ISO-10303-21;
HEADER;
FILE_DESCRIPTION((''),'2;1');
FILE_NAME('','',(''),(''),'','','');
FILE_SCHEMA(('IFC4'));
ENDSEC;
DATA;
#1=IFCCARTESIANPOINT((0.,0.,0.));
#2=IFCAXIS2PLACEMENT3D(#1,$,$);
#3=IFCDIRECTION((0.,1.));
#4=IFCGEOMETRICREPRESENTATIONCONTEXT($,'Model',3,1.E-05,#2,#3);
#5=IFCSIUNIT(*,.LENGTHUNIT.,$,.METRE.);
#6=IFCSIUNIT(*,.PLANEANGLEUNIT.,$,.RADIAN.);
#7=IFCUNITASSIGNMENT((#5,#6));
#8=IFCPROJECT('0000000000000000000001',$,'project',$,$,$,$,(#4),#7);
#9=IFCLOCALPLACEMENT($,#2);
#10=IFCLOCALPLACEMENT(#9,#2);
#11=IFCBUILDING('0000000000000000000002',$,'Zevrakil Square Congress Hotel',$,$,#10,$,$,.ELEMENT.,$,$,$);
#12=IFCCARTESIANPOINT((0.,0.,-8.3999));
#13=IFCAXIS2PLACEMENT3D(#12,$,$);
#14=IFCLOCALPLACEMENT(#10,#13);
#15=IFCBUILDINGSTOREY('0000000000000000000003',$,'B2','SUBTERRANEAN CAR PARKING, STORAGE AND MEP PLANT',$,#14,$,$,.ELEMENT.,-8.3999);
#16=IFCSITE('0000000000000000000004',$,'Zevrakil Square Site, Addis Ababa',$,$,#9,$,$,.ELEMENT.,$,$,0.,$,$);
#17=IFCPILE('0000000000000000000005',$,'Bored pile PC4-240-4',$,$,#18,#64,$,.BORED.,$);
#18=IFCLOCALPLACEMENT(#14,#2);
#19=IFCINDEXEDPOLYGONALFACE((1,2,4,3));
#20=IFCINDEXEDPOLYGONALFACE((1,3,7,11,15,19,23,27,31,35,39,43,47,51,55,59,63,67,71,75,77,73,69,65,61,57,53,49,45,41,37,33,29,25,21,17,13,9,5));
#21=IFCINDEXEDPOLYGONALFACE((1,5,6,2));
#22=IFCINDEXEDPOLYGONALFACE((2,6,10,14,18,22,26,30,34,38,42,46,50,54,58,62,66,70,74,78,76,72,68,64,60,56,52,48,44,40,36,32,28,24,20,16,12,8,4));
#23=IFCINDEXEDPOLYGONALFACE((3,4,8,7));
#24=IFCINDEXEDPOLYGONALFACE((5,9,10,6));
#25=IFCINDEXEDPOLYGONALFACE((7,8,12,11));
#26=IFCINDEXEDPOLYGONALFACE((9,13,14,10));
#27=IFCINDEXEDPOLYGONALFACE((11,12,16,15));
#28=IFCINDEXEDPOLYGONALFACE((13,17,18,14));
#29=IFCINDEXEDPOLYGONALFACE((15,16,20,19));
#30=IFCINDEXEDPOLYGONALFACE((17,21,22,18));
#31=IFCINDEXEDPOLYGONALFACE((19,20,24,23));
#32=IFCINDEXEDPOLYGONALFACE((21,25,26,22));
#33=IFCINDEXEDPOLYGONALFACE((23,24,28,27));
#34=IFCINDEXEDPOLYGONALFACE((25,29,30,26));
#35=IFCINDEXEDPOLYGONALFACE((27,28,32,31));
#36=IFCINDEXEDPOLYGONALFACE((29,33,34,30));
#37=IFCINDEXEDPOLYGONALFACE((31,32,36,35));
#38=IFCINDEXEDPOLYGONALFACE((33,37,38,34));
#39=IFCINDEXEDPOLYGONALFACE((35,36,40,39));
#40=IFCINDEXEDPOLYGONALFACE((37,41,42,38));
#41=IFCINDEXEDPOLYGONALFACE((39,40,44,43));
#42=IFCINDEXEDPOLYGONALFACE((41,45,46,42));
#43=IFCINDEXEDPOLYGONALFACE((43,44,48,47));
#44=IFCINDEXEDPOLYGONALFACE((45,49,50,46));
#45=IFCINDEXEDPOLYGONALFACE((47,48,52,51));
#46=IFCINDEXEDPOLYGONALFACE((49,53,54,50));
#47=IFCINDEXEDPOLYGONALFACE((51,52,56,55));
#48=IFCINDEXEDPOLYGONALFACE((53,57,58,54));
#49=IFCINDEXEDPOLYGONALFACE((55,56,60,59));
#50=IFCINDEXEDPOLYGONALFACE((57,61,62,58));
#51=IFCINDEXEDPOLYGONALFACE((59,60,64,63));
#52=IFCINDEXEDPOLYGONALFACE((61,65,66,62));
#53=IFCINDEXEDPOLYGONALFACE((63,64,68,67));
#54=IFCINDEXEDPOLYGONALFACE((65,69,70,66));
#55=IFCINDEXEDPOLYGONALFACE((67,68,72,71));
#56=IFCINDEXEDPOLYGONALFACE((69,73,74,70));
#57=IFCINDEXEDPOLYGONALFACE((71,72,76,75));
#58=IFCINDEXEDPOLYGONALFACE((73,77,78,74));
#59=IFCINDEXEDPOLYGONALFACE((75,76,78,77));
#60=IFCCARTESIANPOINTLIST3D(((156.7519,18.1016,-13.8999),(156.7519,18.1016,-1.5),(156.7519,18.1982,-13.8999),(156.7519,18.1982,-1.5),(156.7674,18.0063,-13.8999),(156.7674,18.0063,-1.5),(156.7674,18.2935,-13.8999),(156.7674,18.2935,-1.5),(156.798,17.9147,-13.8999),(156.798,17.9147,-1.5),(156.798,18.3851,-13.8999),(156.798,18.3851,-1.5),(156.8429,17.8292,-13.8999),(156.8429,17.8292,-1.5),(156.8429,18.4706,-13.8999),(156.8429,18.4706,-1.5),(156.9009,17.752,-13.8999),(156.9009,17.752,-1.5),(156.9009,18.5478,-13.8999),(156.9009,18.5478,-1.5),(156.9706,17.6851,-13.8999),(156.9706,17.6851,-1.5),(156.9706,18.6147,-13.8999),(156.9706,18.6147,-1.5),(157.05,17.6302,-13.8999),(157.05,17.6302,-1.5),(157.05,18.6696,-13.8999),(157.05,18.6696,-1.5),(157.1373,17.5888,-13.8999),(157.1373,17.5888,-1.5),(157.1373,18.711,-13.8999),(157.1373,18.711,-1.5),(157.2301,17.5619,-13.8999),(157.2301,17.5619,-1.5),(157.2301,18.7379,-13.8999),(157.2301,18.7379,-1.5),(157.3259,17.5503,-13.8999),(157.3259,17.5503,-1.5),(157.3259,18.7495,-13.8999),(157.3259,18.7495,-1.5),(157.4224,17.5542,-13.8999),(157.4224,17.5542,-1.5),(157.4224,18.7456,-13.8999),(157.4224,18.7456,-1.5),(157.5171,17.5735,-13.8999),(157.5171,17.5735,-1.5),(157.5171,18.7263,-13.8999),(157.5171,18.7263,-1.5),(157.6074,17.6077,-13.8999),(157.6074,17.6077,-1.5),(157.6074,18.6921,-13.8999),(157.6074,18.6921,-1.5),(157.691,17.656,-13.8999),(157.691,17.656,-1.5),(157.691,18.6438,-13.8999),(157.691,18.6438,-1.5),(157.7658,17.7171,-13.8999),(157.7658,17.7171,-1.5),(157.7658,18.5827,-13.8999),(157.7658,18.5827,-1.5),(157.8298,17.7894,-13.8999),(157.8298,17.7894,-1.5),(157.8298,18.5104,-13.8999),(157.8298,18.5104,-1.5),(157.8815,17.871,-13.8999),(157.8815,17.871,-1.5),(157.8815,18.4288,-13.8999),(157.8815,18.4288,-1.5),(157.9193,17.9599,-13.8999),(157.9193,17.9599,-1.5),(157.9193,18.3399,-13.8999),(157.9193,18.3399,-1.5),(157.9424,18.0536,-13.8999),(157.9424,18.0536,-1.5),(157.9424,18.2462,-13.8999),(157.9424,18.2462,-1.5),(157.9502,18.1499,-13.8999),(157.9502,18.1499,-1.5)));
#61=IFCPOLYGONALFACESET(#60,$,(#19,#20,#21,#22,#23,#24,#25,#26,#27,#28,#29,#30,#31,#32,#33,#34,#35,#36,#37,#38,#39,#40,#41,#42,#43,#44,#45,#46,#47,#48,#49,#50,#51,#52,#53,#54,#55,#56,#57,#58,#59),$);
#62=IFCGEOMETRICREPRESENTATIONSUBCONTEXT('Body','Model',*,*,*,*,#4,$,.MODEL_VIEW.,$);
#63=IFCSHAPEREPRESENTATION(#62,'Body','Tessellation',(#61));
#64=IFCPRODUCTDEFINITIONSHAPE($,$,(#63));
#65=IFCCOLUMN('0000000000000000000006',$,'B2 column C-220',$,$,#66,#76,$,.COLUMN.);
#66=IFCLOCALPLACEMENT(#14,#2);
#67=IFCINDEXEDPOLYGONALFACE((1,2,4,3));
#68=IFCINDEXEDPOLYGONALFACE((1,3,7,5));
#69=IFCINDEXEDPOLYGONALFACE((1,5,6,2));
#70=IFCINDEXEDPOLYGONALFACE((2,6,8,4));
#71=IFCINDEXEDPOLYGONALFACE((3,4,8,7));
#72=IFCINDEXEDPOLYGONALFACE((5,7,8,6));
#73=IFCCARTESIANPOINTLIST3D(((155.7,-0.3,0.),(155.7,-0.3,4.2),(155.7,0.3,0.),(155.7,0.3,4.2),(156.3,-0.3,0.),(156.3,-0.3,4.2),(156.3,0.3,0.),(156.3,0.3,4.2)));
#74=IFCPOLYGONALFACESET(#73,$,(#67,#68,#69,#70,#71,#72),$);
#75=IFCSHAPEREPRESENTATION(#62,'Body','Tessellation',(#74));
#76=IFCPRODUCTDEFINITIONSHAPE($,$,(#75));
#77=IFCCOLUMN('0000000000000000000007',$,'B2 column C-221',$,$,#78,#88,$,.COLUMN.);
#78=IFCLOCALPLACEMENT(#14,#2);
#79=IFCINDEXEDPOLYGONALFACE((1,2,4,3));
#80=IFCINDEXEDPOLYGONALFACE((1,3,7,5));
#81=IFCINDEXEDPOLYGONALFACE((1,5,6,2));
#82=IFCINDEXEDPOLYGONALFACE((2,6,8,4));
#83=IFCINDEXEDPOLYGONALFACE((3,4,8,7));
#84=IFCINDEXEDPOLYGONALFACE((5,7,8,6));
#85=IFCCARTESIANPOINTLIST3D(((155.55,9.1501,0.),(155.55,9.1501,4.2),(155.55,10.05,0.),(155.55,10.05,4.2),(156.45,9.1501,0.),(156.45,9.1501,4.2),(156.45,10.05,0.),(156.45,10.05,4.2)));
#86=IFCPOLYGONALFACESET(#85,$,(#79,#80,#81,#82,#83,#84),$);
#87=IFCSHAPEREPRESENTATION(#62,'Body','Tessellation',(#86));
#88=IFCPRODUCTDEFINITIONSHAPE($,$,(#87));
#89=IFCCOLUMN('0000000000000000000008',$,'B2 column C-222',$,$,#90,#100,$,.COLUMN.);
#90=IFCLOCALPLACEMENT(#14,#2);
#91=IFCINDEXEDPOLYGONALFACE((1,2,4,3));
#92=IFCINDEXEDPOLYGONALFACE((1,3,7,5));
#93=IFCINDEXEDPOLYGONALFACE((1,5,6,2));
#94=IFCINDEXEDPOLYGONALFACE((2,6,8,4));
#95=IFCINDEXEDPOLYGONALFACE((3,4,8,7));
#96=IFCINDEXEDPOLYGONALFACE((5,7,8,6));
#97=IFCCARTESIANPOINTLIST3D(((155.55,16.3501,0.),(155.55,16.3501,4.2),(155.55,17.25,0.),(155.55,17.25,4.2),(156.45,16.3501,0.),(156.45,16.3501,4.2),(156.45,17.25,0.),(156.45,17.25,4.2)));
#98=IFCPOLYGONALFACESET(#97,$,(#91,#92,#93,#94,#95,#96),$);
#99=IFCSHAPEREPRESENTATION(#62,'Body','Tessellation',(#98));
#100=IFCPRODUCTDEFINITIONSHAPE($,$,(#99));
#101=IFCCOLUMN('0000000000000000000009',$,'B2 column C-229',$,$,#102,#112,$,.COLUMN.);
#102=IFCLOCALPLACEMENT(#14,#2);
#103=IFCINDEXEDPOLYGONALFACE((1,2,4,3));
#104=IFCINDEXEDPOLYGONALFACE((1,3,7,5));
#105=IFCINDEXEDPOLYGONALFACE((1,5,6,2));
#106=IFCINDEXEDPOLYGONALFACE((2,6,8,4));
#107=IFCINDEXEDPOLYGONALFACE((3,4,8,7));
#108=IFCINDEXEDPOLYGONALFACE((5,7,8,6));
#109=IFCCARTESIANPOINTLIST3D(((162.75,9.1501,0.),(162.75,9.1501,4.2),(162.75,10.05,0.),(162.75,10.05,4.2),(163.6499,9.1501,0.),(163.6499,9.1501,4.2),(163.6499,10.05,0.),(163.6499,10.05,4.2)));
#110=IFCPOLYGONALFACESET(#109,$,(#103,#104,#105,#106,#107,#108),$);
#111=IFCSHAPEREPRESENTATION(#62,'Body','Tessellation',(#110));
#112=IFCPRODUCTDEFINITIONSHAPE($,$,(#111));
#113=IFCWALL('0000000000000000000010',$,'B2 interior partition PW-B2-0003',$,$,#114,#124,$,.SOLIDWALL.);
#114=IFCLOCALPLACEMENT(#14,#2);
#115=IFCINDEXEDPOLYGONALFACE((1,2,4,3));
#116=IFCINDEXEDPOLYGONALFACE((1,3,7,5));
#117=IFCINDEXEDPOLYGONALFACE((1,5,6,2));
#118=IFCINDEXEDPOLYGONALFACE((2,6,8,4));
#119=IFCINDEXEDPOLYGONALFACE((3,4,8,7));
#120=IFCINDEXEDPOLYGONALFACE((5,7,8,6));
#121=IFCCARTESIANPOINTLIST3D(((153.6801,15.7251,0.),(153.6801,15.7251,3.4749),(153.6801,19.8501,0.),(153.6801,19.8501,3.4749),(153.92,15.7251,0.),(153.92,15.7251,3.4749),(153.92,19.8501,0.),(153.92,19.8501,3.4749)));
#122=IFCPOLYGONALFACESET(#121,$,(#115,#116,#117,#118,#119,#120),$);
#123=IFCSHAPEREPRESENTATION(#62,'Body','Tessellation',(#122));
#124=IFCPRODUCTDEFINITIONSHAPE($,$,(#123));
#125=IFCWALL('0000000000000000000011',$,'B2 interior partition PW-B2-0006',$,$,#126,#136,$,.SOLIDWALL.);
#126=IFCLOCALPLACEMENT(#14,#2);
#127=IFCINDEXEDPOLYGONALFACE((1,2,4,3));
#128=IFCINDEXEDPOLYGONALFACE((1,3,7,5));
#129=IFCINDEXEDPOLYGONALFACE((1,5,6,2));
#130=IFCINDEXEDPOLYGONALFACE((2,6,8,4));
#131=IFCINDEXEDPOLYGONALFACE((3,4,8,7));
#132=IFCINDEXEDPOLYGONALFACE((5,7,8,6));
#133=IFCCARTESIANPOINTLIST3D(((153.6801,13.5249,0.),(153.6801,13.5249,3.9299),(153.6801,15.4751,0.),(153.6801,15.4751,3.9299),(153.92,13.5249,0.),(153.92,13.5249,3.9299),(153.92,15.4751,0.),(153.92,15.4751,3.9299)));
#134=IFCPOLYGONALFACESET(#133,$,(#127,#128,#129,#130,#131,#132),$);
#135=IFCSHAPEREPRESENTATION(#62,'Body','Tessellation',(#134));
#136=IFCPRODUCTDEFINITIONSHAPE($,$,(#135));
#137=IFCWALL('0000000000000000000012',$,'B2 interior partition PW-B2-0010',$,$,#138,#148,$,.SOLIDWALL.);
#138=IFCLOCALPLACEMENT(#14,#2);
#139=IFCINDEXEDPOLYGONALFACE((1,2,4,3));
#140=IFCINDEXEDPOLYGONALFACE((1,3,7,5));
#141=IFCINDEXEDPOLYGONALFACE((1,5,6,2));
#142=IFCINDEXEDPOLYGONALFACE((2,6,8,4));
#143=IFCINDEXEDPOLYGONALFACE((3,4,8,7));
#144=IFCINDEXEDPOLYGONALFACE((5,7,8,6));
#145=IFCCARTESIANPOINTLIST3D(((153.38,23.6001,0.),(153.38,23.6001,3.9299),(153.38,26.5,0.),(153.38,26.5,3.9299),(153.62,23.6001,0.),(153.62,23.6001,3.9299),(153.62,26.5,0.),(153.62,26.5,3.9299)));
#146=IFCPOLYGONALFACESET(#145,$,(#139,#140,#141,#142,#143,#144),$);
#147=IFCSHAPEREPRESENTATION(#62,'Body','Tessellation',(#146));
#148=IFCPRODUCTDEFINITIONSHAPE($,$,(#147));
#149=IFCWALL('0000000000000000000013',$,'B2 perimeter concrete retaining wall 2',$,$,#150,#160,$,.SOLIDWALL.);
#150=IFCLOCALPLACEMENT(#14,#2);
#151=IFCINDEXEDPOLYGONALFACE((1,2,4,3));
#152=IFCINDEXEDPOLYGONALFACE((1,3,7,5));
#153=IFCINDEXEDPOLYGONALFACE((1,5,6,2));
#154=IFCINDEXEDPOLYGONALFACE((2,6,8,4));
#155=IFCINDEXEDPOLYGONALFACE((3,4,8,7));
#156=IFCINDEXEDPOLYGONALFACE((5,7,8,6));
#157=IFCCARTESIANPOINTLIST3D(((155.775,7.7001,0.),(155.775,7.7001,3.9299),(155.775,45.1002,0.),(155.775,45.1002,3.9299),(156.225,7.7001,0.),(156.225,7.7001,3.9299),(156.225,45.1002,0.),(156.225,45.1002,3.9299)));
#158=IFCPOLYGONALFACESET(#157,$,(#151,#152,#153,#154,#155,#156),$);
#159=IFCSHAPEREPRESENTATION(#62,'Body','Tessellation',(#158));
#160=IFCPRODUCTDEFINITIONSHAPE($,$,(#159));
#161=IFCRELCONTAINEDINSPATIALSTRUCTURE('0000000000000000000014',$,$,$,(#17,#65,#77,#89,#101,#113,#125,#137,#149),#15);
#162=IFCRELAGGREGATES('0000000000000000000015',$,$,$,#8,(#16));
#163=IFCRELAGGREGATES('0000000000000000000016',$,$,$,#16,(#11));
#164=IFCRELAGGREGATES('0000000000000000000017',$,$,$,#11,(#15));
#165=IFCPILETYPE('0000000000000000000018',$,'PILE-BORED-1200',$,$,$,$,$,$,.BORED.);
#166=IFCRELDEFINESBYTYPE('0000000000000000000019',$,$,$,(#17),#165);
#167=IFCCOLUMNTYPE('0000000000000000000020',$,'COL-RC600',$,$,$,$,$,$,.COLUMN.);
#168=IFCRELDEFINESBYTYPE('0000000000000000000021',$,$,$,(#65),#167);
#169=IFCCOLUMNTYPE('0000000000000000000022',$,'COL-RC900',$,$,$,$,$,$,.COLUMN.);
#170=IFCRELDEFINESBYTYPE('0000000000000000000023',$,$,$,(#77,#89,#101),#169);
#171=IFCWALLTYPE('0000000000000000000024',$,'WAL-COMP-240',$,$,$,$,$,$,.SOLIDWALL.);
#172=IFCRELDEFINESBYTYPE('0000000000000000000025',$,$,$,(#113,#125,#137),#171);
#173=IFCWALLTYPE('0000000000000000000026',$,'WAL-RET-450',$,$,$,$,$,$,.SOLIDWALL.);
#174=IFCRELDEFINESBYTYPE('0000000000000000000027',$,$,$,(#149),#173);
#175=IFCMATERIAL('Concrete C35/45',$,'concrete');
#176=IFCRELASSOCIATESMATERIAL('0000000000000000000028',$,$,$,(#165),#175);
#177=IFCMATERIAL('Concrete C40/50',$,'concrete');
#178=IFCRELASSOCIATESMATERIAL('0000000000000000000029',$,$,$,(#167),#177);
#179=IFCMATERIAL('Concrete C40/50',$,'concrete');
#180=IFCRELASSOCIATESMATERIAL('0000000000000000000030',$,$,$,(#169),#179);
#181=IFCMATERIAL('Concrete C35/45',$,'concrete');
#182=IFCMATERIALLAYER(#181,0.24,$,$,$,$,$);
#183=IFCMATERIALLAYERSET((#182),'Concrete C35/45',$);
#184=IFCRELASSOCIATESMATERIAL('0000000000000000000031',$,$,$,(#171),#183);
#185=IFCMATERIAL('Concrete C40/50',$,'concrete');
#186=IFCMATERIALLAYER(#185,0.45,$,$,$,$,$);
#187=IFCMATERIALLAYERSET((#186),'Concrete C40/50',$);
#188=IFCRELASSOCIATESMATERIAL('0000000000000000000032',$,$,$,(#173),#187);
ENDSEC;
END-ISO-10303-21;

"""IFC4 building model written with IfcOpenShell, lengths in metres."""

from ifc_helpers import new_model, si_unit, direction, frame, frame_2d, origin, origin_2d, place, context, subcontext, project, spatial, rectangle, circle, extrude, material, layer, layer_set, material_profile, profile_set, type_object, element, save


model = new_model("IFC4")

# Units and contexts
model_context = context("Model", 3, precision=1e-05, world=origin(), true_north=direction((0.0, 1.0)))
body_context = subcontext(model_context, "Body", "Model", "MODEL_VIEW")
ifc_project = project(units=[si_unit("LENGTHUNIT", "METRE"), si_unit("PLANEANGLEUNIT", "RADIAN")], contexts=[model_context])

# Site, building, storey
site_placement = place(None, origin())
site = spatial("IfcSite", under=ifc_project, at=site_placement, Name="Zevrakil Square Site, Addis Ababa", CompositionType="ELEMENT", RefElevation=0.0)
building_placement = place(site_placement, origin())
building = spatial("IfcBuilding", under=site, at=building_placement, Name="Zevrakil Square Congress Hotel", CompositionType="ELEMENT")
storey_placement = place(building_placement, frame((0.0, 0.0, -8.3999)))
storey = spatial("IfcBuildingStorey", under=building, at=storey_placement, Name="B2", Description="SUBTERRANEAN CAR PARKING, STORAGE AND MEP PLANT", CompositionType="ELEMENT", Elevation=-8.3999)

# Pile
ifc_material_1 = material(Name="Concrete C35/45", Category="concrete")
ifc_material_profile_1 = material_profile(ifc_material_1, circle(Radius=0.6001, at=origin_2d()), Name="PILE D1200")
ifc_profile_set_1 = profile_set([ifc_material_profile_1], Name="Concrete C35/45")
pile_type_1 = type_object("IfcPileType", Name="PILE-BORED-1200", PredefinedType="BORED", material=ifc_profile_set_1)
for number, where, z_axis, x_axis, name in (
    (1, (157.3501, 18.1499, -1.5), (0.0, 0.0, -1.0), (1.0, 0.0, 0.0), "Bored pile PC4-240-4"),
):
    element("IfcPile", number, at=place(storey_placement, frame(where, z_axis=z_axis, x_axis=x_axis)), inside=storey, type_object=pile_type_1, Name=name, PredefinedType="BORED", context=body_context, shape_type="SweptSolid", body=[
        extrude(circle(Radius=0.6001, at=origin_2d()), origin(), (0.0, 0.0, 1.0), 12.3999),
    ])

# Columns
ifc_material_2 = material(Name="Concrete C40/50", Category="concrete")
ifc_material_profile_2 = material_profile(ifc_material_2, rectangle(XDim=0.6001, YDim=0.6001, at=origin_2d()), Name="RC 600x600")
ifc_profile_set_2 = profile_set([ifc_material_profile_2], Name="Concrete C40/50")
column_type_1 = type_object("IfcColumnType", Name="COL-RC600", PredefinedType="COLUMN", material=ifc_profile_set_2)
column_placement = place(storey_placement, frame((156.0, 0.0, 0.0), z_axis=(0.0, 0.0, 1.0), x_axis=(1.0, 0.0, 0.0)))
element("IfcColumn", 2, at=column_placement, inside=storey, type_object=column_type_1, Name="B2 column C-220", PredefinedType="COLUMN", context=body_context, shape_type="SweptSolid", body=[
    extrude(rectangle(XDim=0.6001, YDim=0.6001, at=origin_2d()), origin(), (0.0, 0.0, 1.0), 4.2),
])
ifc_material_3 = material(Name="Concrete C40/50", Category="concrete")
ifc_material_profile_3 = material_profile(ifc_material_3, rectangle(XDim=0.8999, YDim=0.8999, at=origin_2d()), Name="RC 900x900")
ifc_profile_set_3 = profile_set([ifc_material_profile_3], Name="Concrete C40/50")
column_type_2 = type_object("IfcColumnType", Name="COL-RC900", PredefinedType="COLUMN", material=ifc_profile_set_3)
for number, where, z_axis, x_axis, name in (
    (3, (156.0, 9.6001, 0.0), (0.0, 0.0, 1.0), (1.0, 0.0, 0.0), "B2 column C-221"),
    (4, (156.0, 16.8, 0.0), (0.0, 0.0, 1.0), (1.0, 0.0, 0.0), "B2 column C-222"),
    (5, (163.2, 9.6001, 0.0), (0.0, 0.0, 1.0), (1.0, 0.0, 0.0), "B2 column C-229"),
):
    element("IfcColumn", number, at=place(storey_placement, frame(where, z_axis=z_axis, x_axis=x_axis)), inside=storey, type_object=column_type_2, Name=name, PredefinedType="COLUMN", context=body_context, shape_type="SweptSolid", body=[
        extrude(rectangle(XDim=0.8999, YDim=0.8999, at=origin_2d()), origin(), (0.0, 0.0, 1.0), 4.2),
    ])

# Walls
ifc_material_4 = material(Name="Concrete C35/45", Category="concrete")
ifc_layer_1 = layer(ifc_material_4, 0.24)
ifc_layer_set_1 = layer_set([ifc_layer_1], Name="Concrete C35/45")
wall_type_1 = type_object("IfcWallType", Name="WAL-COMP-240", PredefinedType="SOLIDWALL", material=ifc_layer_set_1)
wall_1_placement = place(storey_placement, frame((153.8, 15.7251, 0.0), z_axis=(0.0, 0.0, 1.0), x_axis=(0.0, 1.0, 0.0)))
element("IfcWall", 6, at=wall_1_placement, inside=storey, type_object=wall_type_1, Name="B2 interior partition PW-B2-0003", PredefinedType="SOLIDWALL", context=body_context, shape_type="SweptSolid", body=[
    extrude(rectangle(XDim=4.125, YDim=0.24, at=frame_2d((2.0625, 0.0))), origin(), (0.0, 0.0, 1.0), 3.4749),
])
wall_2_placement = place(storey_placement, frame((153.8, 13.5249, 0.0), z_axis=(0.0, 0.0, 1.0), x_axis=(0.0, 1.0, 0.0)))
element("IfcWall", 7, at=wall_2_placement, inside=storey, type_object=wall_type_1, Name="B2 interior partition PW-B2-0006", PredefinedType="SOLIDWALL", context=body_context, shape_type="SweptSolid", body=[
    extrude(rectangle(XDim=1.9502, YDim=0.24, at=frame_2d((0.9751, 0.0))), origin(), (0.0, 0.0, 1.0), 3.9299),
])
wall_3_placement = place(storey_placement, frame((153.5, 23.6001, 0.0), z_axis=(0.0, 0.0, 1.0), x_axis=(0.0, 1.0, 0.0)))
element("IfcWall", 8, at=wall_3_placement, inside=storey, type_object=wall_type_1, Name="B2 interior partition PW-B2-0010", PredefinedType="SOLIDWALL", context=body_context, shape_type="SweptSolid", body=[
    extrude(rectangle(XDim=2.8999, YDim=0.24, at=frame_2d((1.45, 0.0))), origin(), (0.0, 0.0, 1.0), 3.9299),
])
ifc_material_5 = material(Name="Concrete C40/50", Category="concrete")
ifc_layer_2 = layer(ifc_material_5, 0.45)
ifc_layer_set_2 = layer_set([ifc_layer_2], Name="Concrete C40/50")
wall_type_2 = type_object("IfcWallType", Name="WAL-RET-450", PredefinedType="SOLIDWALL", material=ifc_layer_set_2)
wall_4_placement = place(storey_placement, frame((156.0, 7.7, 0.0), z_axis=(0.0, 0.0, 1.0), x_axis=(0.0, 1.0, 0.0)))
element("IfcWall", 9, at=wall_4_placement, inside=storey, type_object=wall_type_2, Name="B2 perimeter concrete retaining wall 2", PredefinedType="SOLIDWALL", context=body_context, shape_type="SweptSolid", body=[
    extrude(rectangle(XDim=37.4001, YDim=0.45, at=frame_2d((18.7002, 0.0))), origin(), (0.0, 0.0, 1.0), 3.9299),
])

save(model, "model.ifc")
